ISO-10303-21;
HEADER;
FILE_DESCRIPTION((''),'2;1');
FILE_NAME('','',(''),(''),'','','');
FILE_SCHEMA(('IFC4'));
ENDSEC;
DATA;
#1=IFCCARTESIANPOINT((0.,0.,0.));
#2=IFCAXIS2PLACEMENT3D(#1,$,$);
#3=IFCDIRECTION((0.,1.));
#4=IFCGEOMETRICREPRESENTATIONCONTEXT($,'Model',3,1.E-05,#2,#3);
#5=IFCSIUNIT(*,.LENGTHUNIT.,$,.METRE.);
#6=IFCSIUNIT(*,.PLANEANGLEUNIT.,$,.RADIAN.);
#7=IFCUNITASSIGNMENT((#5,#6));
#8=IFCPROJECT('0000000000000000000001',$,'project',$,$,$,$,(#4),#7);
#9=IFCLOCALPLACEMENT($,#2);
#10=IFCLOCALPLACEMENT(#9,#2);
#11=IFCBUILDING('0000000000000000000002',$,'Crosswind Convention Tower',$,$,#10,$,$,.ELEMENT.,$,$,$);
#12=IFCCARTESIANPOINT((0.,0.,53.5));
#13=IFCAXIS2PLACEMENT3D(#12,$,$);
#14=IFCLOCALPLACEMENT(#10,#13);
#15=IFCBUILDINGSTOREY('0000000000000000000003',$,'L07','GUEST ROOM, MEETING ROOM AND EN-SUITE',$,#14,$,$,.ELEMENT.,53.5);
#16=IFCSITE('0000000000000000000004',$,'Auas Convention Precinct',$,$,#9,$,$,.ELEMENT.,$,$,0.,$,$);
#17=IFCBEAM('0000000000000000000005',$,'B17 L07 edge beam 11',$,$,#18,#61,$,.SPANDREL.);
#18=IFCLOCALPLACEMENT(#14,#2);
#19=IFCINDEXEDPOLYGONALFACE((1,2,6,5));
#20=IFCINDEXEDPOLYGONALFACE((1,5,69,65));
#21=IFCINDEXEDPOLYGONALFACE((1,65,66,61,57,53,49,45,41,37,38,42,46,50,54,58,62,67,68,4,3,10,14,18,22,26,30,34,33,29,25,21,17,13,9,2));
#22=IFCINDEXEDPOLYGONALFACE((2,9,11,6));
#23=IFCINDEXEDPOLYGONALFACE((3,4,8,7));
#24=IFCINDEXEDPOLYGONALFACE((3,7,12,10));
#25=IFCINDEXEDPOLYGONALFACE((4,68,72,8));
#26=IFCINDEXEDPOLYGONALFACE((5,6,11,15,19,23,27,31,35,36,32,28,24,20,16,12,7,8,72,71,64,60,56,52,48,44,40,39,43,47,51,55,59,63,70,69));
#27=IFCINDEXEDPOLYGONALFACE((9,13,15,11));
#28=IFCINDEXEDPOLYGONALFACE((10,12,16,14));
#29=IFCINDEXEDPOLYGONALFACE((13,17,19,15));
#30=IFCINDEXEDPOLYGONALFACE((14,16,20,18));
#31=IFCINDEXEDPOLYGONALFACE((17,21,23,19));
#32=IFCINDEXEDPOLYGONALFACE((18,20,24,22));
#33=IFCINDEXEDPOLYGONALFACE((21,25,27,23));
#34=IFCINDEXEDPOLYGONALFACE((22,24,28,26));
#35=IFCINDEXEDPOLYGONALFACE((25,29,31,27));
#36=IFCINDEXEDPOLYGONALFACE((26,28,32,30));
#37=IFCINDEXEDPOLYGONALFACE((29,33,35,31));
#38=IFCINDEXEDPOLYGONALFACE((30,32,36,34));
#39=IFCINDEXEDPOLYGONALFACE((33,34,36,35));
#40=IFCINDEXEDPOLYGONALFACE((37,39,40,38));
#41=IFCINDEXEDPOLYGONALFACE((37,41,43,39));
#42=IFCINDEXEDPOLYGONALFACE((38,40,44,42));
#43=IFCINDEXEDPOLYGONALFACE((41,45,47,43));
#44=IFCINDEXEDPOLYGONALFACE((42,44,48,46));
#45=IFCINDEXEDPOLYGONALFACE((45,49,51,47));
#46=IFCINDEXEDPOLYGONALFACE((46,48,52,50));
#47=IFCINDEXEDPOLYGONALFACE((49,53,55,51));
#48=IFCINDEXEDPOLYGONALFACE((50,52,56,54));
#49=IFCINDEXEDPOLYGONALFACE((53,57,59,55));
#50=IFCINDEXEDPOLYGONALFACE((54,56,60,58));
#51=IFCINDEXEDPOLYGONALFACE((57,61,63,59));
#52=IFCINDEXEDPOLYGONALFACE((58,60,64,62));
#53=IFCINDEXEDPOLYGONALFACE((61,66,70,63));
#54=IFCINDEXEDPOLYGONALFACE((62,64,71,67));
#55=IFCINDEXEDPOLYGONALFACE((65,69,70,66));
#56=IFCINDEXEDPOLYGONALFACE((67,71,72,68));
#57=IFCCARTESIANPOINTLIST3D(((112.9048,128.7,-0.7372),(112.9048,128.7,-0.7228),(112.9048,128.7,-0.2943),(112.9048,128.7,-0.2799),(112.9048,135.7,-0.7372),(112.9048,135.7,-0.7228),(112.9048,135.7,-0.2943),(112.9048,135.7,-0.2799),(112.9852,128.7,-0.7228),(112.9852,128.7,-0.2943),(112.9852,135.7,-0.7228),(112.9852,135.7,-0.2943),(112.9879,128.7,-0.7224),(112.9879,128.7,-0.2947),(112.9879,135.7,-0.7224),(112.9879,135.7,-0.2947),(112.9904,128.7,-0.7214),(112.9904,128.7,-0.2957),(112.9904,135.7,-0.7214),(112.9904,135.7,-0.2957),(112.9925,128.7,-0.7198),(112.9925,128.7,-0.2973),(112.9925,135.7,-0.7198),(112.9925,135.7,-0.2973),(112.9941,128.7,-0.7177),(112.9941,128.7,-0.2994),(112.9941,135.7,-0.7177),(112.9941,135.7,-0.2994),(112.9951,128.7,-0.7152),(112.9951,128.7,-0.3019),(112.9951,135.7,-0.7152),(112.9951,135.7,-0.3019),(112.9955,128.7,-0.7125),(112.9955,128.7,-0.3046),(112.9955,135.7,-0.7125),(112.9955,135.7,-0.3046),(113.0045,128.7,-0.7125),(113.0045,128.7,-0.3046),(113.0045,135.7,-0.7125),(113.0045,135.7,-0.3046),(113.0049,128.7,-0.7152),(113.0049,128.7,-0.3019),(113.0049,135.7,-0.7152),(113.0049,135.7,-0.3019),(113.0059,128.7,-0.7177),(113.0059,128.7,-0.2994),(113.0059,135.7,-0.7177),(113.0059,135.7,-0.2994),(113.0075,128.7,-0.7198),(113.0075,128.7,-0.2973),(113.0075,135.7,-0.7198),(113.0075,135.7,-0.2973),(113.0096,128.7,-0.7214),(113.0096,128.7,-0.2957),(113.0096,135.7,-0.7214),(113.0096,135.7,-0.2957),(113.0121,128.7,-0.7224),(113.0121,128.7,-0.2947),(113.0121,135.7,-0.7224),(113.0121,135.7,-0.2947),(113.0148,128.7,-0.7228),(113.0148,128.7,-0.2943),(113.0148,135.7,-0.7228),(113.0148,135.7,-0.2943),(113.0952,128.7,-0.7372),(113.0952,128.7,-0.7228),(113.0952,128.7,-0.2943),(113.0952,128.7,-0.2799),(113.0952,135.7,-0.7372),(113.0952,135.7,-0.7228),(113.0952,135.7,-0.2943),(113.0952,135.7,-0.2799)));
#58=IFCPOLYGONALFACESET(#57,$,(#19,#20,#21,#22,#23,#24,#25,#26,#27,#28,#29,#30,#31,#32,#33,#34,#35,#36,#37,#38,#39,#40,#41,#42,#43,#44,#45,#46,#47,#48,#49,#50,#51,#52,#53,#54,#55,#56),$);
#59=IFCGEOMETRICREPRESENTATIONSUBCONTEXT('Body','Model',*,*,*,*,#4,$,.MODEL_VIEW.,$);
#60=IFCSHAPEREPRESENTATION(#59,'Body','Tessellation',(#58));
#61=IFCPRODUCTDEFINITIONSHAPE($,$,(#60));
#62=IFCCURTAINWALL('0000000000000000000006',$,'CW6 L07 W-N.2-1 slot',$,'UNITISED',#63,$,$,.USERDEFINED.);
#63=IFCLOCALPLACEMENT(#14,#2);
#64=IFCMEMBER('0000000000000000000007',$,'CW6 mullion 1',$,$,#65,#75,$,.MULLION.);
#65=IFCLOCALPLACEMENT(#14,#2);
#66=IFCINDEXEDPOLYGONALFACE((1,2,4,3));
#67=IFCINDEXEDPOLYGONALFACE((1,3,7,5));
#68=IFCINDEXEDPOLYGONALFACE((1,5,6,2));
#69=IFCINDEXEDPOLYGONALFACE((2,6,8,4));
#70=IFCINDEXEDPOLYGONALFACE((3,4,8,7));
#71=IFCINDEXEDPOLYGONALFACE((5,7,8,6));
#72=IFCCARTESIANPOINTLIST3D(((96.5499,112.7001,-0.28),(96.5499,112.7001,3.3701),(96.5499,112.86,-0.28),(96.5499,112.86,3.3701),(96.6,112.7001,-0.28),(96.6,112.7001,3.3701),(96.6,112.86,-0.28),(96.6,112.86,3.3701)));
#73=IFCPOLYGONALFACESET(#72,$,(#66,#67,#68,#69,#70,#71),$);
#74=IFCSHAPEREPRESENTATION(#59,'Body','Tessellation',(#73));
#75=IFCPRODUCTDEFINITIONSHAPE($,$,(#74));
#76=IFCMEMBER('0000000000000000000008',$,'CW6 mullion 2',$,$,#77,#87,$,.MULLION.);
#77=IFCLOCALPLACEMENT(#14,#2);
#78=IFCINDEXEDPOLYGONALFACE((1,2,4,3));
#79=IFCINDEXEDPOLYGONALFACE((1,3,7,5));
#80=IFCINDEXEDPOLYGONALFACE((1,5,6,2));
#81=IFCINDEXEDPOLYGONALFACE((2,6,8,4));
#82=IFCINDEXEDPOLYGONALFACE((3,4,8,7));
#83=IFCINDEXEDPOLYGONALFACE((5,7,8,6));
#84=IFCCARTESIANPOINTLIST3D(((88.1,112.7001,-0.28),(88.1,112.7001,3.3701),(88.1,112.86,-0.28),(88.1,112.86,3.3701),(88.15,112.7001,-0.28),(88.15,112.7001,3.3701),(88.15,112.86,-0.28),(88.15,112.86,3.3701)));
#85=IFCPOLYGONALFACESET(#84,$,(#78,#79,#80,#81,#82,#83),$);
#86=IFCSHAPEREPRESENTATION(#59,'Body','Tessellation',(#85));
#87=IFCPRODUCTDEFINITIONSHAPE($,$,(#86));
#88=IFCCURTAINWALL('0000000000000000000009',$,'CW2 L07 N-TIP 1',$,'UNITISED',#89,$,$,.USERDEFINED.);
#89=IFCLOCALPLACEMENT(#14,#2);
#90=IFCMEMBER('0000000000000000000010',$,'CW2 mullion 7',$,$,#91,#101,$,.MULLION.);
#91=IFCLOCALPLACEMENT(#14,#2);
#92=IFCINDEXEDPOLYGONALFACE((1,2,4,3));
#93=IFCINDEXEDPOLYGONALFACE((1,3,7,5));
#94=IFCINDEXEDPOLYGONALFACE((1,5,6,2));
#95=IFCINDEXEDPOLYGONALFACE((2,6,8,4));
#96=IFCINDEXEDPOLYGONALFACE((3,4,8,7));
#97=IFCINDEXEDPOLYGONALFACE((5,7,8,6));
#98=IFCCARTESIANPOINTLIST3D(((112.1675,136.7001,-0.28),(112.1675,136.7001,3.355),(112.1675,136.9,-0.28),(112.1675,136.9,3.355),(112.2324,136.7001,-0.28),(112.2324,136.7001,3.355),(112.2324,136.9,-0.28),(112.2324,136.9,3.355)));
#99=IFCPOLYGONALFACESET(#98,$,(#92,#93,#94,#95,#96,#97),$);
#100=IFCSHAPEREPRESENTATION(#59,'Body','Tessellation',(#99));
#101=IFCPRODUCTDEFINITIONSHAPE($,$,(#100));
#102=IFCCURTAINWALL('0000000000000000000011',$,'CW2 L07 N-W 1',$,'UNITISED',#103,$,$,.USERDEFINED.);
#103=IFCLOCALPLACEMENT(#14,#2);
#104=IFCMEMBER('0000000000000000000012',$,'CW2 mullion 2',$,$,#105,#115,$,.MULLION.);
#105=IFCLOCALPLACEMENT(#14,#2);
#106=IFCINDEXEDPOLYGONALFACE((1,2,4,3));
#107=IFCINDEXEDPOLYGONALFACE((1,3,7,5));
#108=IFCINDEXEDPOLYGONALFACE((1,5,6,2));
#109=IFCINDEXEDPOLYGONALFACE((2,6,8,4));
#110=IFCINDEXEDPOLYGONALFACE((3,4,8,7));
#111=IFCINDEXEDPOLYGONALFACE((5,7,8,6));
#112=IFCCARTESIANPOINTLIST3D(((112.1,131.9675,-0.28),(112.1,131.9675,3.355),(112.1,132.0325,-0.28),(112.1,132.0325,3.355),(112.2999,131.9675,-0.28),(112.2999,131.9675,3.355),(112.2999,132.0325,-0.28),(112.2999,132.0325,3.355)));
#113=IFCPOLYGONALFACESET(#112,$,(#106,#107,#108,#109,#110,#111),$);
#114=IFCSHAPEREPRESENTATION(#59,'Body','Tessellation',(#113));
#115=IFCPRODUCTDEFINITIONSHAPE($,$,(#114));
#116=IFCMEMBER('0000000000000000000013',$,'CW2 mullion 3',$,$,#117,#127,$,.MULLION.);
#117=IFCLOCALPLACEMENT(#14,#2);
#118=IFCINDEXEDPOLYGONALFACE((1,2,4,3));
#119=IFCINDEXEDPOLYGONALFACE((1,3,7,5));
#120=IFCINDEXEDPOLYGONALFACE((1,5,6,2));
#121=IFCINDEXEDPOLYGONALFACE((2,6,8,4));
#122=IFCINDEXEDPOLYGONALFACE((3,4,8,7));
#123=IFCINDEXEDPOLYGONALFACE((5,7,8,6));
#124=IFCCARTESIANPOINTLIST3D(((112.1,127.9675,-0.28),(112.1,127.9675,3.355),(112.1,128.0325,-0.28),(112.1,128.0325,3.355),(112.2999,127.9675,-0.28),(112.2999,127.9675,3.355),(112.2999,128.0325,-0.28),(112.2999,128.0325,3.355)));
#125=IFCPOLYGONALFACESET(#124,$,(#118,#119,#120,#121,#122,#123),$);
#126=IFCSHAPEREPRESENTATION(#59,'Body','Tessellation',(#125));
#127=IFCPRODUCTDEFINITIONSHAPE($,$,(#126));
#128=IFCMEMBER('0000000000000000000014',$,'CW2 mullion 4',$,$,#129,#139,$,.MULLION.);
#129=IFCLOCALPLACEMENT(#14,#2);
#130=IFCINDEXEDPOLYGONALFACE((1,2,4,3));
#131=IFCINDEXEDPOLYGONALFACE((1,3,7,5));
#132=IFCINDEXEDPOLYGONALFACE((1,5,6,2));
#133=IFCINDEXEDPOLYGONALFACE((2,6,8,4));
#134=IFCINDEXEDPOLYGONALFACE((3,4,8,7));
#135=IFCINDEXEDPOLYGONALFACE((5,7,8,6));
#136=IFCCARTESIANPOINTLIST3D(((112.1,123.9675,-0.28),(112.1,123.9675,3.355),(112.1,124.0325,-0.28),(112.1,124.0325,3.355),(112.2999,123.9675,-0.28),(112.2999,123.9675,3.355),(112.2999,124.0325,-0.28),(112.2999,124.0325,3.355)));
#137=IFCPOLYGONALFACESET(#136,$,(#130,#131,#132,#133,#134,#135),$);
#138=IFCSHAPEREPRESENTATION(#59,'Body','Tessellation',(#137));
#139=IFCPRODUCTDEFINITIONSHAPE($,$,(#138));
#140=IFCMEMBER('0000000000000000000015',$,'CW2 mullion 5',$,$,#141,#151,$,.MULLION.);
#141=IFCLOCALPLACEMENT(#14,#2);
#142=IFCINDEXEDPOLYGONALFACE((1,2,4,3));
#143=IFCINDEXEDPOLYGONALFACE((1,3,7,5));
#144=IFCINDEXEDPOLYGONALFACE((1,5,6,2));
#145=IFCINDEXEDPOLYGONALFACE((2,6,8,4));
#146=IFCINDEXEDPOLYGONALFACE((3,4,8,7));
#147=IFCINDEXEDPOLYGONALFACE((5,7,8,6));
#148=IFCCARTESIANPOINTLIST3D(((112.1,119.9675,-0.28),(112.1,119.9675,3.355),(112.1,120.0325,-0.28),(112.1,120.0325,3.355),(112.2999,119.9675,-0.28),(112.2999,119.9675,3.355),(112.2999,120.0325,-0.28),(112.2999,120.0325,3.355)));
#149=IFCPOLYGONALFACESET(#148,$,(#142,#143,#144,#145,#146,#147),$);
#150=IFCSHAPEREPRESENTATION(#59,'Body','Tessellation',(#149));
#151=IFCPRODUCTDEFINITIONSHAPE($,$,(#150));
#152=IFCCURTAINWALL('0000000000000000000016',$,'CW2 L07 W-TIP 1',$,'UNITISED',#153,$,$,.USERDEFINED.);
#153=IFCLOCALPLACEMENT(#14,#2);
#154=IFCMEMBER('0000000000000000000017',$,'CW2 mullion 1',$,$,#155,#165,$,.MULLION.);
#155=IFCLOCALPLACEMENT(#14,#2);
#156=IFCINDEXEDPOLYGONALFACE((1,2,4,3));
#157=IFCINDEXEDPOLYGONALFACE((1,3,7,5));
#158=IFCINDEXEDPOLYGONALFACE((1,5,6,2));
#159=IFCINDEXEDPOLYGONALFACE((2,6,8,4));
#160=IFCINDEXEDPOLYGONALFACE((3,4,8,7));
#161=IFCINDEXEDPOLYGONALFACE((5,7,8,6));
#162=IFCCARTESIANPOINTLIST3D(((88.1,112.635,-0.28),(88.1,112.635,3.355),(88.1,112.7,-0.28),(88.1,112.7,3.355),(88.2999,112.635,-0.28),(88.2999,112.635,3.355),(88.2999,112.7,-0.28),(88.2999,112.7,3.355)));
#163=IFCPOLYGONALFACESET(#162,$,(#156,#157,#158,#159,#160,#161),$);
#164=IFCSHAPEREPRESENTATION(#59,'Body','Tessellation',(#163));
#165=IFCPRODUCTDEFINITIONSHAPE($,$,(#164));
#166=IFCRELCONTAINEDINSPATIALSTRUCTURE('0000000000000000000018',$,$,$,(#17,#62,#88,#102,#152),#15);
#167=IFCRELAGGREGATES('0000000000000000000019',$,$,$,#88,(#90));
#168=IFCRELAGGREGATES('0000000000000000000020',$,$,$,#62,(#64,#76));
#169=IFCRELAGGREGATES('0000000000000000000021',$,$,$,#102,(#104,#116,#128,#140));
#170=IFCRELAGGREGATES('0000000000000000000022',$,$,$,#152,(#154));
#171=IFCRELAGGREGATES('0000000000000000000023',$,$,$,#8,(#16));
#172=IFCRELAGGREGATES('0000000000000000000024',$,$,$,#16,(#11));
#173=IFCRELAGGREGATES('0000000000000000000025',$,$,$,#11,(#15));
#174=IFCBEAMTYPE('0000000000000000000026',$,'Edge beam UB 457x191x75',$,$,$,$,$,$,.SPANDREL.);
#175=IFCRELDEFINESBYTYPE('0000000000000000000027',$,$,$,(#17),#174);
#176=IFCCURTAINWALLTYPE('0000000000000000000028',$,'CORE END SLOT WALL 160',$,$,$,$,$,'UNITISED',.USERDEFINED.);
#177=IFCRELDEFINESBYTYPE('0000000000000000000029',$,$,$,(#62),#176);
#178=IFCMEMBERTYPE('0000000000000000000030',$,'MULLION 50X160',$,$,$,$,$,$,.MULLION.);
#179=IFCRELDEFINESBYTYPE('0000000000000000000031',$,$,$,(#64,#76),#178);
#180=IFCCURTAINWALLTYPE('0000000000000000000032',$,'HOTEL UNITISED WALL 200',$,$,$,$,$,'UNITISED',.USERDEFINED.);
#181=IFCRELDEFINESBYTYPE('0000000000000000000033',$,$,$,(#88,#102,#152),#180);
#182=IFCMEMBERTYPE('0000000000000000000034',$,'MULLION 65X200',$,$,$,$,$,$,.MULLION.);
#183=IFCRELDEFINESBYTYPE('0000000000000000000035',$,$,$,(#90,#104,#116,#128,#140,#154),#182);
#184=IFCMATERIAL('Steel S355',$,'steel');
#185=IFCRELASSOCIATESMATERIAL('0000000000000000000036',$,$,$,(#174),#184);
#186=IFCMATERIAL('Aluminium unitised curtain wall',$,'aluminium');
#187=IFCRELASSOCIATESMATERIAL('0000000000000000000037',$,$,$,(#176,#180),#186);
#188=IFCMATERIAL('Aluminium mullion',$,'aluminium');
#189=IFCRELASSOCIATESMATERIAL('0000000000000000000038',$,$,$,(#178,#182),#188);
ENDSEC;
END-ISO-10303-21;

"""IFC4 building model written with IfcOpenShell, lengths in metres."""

from ifc_helpers import new_model, si_unit, direction, frame, origin, origin_2d, place, context, subcontext, project, spatial, rectangle, i_section, extrude, material, material_profile, profile_set, type_object, element, aggregate, save


model = new_model("IFC4")

# Units and contexts
model_context = context("Model", 3, precision=1e-05, world=origin(), true_north=direction((0.0, 1.0)))
body_context = subcontext(model_context, "Body", "Model", "MODEL_VIEW")
ifc_project = project(units=[si_unit("LENGTHUNIT", "METRE"), si_unit("PLANEANGLEUNIT", "RADIAN")], contexts=[model_context])

# Site, building, storey
site_placement = place(None, origin())
site = spatial("IfcSite", under=ifc_project, at=site_placement, Name="Auas Convention Precinct", CompositionType="ELEMENT", RefElevation=0.0)
building_placement = place(site_placement, origin())
building = spatial("IfcBuilding", under=site, at=building_placement, Name="Crosswind Convention Tower", CompositionType="ELEMENT")
storey_placement = place(building_placement, frame((0.0, 0.0, 53.5)))
storey = spatial("IfcBuildingStorey", under=building, at=storey_placement, Name="L07", Description="GUEST ROOM, MEETING ROOM AND EN-SUITE", CompositionType="ELEMENT", Elevation=53.5)

# Beam
ifc_material_1 = material(Name="Steel S355", Category="steel")
ifc_material_profile_1 = material_profile(ifc_material_1, i_section(OverallWidth=0.1904, OverallDepth=0.4573, WebThickness=0.009, FlangeThickness=0.0144, FilletRadius=0.0103, at=origin_2d()), Name="UB 457x191x75")
ifc_profile_set_1 = profile_set([ifc_material_profile_1], Name="Steel S355")
beam_type_1 = type_object("IfcBeamType", Name="Edge beam UB 457x191x75", PredefinedType="SPANDREL", material=ifc_profile_set_1)
beam_1_placement = place(storey_placement, frame((113.0, 128.7, -0.5085), z_axis=(0.0, 1.0, 0.0), x_axis=(-1.0, 0.0, 0.0)))
element("IfcBeam", 1, at=beam_1_placement, inside=storey, type_object=beam_type_1, Name="B17 L07 edge beam 11", PredefinedType="SPANDREL", context=body_context, shape_type="SweptSolid", body=[
    extrude(i_section(OverallWidth=0.1904, OverallDepth=0.4573, WebThickness=0.009, FlangeThickness=0.0144, FilletRadius=0.0103, at=origin_2d()), origin(), (0.0, 0.0, 1.0), 7.0),
])

# Curtain wall, members
ifc_material_2 = material(Name="Aluminium unitised curtain wall", Category="aluminium")
curtain_wall_type_1 = type_object("IfcCurtainWallType", Name="CORE END SLOT WALL 160", ElementType="UNITISED", PredefinedType="USERDEFINED", material=ifc_material_2)
curtain_wall_1_placement = place(storey_placement, origin())
curtain_wall_1 = element("IfcCurtainWall", 2, at=curtain_wall_1_placement, inside=storey, type_object=curtain_wall_type_1, Name="CW6 L07 W-N.2-1 slot", ObjectType="UNITISED", PredefinedType="USERDEFINED")
ifc_material_3 = material(Name="Aluminium mullion", Category="aluminium")
ifc_material_profile_2 = material_profile(ifc_material_3, rectangle(XDim=0.1599, YDim=0.05, at=origin_2d()), Name="AL 160X50")
ifc_profile_set_2 = profile_set([ifc_material_profile_2], Name="Aluminium mullion")
member_type_1 = type_object("IfcMemberType", Name="MULLION 50X160", PredefinedType="MULLION", material=ifc_profile_set_2)
member_1_placement = place(storey_placement, frame((96.575, 112.78, -0.28), z_axis=(0.0, 0.0, 1.0), x_axis=(0.0, 1.0, 0.0)))
member_1 = element("IfcMember", 3, at=member_1_placement, type_object=member_type_1, Name="CW6 mullion 1", PredefinedType="MULLION", context=body_context, shape_type="SweptSolid", body=[
    extrude(rectangle(XDim=0.1599, YDim=0.05, at=origin_2d()), origin(), (0.0, 0.0, 1.0), 3.6501),
])
member_2_placement = place(storey_placement, frame((88.125, 112.78, -0.28), z_axis=(0.0, 0.0, 1.0), x_axis=(0.0, 1.0, 0.0)))
member_2 = element("IfcMember", 4, at=member_2_placement, type_object=member_type_1, Name="CW6 mullion 2", PredefinedType="MULLION", context=body_context, shape_type="SweptSolid", body=[
    extrude(rectangle(XDim=0.1599, YDim=0.05, at=origin_2d()), origin(), (0.0, 0.0, 1.0), 3.6501),
])

# Curtain wall, member
curtain_wall_type_2 = type_object("IfcCurtainWallType", Name="HOTEL UNITISED WALL 200", ElementType="UNITISED", PredefinedType="USERDEFINED", material=ifc_material_2)
curtain_wall_2_placement = place(storey_placement, origin())
curtain_wall_2 = element("IfcCurtainWall", 5, at=curtain_wall_2_placement, inside=storey, type_object=curtain_wall_type_2, Name="CW2 L07 N-TIP 1", ObjectType="UNITISED", PredefinedType="USERDEFINED")
ifc_material_profile_3 = material_profile(ifc_material_3, rectangle(XDim=0.2, YDim=0.0649, at=origin_2d()), Name="AL 200X65")
ifc_profile_set_3 = profile_set([ifc_material_profile_3], Name="Aluminium mullion")
member_type_2 = type_object("IfcMemberType", Name="MULLION 65X200", PredefinedType="MULLION", material=ifc_profile_set_3)
member_3_placement = place(storey_placement, frame((112.2, 136.8, -0.28), z_axis=(0.0, 0.0, 1.0), x_axis=(0.0, 1.0, 0.0)))
member_3 = element("IfcMember", 6, at=member_3_placement, type_object=member_type_2, Name="CW2 mullion 7", PredefinedType="MULLION", context=body_context, shape_type="SweptSolid", body=[
    extrude(rectangle(XDim=0.2, YDim=0.0649, at=origin_2d()), origin(), (0.0, 0.0, 1.0), 3.635),
])
aggregate(curtain_wall_2, [member_3])

# Curtain wall, members
curtain_wall_3_placement = place(storey_placement, origin())
curtain_wall_3 = element("IfcCurtainWall", 7, at=curtain_wall_3_placement, inside=storey, type_object=curtain_wall_type_2, Name="CW2 L07 N-W 1", ObjectType="UNITISED", PredefinedType="USERDEFINED")
member_4_placement = place(storey_placement, frame((112.2, 132.0, -0.28), z_axis=(0.0, 0.0, 1.0), x_axis=(-1.0, 0.0, 0.0)))
member_4 = element("IfcMember", 8, at=member_4_placement, type_object=member_type_2, Name="CW2 mullion 2", PredefinedType="MULLION", context=body_context, shape_type="SweptSolid", body=[
    extrude(rectangle(XDim=0.2, YDim=0.0649, at=origin_2d()), origin(), (0.0, 0.0, 1.0), 3.635),
])
member_5_placement = place(storey_placement, frame((112.2, 128.0, -0.28), z_axis=(0.0, 0.0, 1.0), x_axis=(-1.0, 0.0, 0.0)))
member_5 = element("IfcMember", 9, at=member_5_placement, type_object=member_type_2, Name="CW2 mullion 3", PredefinedType="MULLION", context=body_context, shape_type="SweptSolid", body=[
    extrude(rectangle(XDim=0.2, YDim=0.0649, at=origin_2d()), origin(), (0.0, 0.0, 1.0), 3.635),
])
member_6_placement = place(storey_placement, frame((112.2, 124.0, -0.28), z_axis=(0.0, 0.0, 1.0), x_axis=(-1.0, 0.0, 0.0)))
member_6 = element("IfcMember", 10, at=member_6_placement, type_object=member_type_2, Name="CW2 mullion 4", PredefinedType="MULLION", context=body_context, shape_type="SweptSolid", body=[
    extrude(rectangle(XDim=0.2, YDim=0.0649, at=origin_2d()), origin(), (0.0, 0.0, 1.0), 3.635),
])
member_7_placement = place(storey_placement, frame((112.2, 120.0, -0.28), z_axis=(0.0, 0.0, 1.0), x_axis=(-1.0, 0.0, 0.0)))
member_7 = element("IfcMember", 11, at=member_7_placement, type_object=member_type_2, Name="CW2 mullion 5", PredefinedType="MULLION", context=body_context, shape_type="SweptSolid", body=[
    extrude(rectangle(XDim=0.2, YDim=0.0649, at=origin_2d()), origin(), (0.0, 0.0, 1.0), 3.635),
])

# Curtain wall, member
curtain_wall_4_placement = place(storey_placement, origin())
curtain_wall_4 = element("IfcCurtainWall", 12, at=curtain_wall_4_placement, inside=storey, type_object=curtain_wall_type_2, Name="CW2 L07 W-TIP 1", ObjectType="UNITISED", PredefinedType="USERDEFINED")
member_8_placement = place(storey_placement, frame((88.2, 112.6675, -0.28), z_axis=(0.0, 0.0, 1.0), x_axis=(-1.0, 0.0, 0.0)))
member_8 = element("IfcMember", 13, at=member_8_placement, type_object=member_type_2, Name="CW2 mullion 1", PredefinedType="MULLION", context=body_context, shape_type="SweptSolid", body=[
    extrude(rectangle(XDim=0.2, YDim=0.0649, at=origin_2d()), origin(), (0.0, 0.0, 1.0), 3.635),
])

aggregate(curtain_wall_1, [member_1, member_2])

aggregate(curtain_wall_3, [member_4, member_5, member_6, member_7])
aggregate(curtain_wall_4, [member_8])

save(model, "model.ifc")
